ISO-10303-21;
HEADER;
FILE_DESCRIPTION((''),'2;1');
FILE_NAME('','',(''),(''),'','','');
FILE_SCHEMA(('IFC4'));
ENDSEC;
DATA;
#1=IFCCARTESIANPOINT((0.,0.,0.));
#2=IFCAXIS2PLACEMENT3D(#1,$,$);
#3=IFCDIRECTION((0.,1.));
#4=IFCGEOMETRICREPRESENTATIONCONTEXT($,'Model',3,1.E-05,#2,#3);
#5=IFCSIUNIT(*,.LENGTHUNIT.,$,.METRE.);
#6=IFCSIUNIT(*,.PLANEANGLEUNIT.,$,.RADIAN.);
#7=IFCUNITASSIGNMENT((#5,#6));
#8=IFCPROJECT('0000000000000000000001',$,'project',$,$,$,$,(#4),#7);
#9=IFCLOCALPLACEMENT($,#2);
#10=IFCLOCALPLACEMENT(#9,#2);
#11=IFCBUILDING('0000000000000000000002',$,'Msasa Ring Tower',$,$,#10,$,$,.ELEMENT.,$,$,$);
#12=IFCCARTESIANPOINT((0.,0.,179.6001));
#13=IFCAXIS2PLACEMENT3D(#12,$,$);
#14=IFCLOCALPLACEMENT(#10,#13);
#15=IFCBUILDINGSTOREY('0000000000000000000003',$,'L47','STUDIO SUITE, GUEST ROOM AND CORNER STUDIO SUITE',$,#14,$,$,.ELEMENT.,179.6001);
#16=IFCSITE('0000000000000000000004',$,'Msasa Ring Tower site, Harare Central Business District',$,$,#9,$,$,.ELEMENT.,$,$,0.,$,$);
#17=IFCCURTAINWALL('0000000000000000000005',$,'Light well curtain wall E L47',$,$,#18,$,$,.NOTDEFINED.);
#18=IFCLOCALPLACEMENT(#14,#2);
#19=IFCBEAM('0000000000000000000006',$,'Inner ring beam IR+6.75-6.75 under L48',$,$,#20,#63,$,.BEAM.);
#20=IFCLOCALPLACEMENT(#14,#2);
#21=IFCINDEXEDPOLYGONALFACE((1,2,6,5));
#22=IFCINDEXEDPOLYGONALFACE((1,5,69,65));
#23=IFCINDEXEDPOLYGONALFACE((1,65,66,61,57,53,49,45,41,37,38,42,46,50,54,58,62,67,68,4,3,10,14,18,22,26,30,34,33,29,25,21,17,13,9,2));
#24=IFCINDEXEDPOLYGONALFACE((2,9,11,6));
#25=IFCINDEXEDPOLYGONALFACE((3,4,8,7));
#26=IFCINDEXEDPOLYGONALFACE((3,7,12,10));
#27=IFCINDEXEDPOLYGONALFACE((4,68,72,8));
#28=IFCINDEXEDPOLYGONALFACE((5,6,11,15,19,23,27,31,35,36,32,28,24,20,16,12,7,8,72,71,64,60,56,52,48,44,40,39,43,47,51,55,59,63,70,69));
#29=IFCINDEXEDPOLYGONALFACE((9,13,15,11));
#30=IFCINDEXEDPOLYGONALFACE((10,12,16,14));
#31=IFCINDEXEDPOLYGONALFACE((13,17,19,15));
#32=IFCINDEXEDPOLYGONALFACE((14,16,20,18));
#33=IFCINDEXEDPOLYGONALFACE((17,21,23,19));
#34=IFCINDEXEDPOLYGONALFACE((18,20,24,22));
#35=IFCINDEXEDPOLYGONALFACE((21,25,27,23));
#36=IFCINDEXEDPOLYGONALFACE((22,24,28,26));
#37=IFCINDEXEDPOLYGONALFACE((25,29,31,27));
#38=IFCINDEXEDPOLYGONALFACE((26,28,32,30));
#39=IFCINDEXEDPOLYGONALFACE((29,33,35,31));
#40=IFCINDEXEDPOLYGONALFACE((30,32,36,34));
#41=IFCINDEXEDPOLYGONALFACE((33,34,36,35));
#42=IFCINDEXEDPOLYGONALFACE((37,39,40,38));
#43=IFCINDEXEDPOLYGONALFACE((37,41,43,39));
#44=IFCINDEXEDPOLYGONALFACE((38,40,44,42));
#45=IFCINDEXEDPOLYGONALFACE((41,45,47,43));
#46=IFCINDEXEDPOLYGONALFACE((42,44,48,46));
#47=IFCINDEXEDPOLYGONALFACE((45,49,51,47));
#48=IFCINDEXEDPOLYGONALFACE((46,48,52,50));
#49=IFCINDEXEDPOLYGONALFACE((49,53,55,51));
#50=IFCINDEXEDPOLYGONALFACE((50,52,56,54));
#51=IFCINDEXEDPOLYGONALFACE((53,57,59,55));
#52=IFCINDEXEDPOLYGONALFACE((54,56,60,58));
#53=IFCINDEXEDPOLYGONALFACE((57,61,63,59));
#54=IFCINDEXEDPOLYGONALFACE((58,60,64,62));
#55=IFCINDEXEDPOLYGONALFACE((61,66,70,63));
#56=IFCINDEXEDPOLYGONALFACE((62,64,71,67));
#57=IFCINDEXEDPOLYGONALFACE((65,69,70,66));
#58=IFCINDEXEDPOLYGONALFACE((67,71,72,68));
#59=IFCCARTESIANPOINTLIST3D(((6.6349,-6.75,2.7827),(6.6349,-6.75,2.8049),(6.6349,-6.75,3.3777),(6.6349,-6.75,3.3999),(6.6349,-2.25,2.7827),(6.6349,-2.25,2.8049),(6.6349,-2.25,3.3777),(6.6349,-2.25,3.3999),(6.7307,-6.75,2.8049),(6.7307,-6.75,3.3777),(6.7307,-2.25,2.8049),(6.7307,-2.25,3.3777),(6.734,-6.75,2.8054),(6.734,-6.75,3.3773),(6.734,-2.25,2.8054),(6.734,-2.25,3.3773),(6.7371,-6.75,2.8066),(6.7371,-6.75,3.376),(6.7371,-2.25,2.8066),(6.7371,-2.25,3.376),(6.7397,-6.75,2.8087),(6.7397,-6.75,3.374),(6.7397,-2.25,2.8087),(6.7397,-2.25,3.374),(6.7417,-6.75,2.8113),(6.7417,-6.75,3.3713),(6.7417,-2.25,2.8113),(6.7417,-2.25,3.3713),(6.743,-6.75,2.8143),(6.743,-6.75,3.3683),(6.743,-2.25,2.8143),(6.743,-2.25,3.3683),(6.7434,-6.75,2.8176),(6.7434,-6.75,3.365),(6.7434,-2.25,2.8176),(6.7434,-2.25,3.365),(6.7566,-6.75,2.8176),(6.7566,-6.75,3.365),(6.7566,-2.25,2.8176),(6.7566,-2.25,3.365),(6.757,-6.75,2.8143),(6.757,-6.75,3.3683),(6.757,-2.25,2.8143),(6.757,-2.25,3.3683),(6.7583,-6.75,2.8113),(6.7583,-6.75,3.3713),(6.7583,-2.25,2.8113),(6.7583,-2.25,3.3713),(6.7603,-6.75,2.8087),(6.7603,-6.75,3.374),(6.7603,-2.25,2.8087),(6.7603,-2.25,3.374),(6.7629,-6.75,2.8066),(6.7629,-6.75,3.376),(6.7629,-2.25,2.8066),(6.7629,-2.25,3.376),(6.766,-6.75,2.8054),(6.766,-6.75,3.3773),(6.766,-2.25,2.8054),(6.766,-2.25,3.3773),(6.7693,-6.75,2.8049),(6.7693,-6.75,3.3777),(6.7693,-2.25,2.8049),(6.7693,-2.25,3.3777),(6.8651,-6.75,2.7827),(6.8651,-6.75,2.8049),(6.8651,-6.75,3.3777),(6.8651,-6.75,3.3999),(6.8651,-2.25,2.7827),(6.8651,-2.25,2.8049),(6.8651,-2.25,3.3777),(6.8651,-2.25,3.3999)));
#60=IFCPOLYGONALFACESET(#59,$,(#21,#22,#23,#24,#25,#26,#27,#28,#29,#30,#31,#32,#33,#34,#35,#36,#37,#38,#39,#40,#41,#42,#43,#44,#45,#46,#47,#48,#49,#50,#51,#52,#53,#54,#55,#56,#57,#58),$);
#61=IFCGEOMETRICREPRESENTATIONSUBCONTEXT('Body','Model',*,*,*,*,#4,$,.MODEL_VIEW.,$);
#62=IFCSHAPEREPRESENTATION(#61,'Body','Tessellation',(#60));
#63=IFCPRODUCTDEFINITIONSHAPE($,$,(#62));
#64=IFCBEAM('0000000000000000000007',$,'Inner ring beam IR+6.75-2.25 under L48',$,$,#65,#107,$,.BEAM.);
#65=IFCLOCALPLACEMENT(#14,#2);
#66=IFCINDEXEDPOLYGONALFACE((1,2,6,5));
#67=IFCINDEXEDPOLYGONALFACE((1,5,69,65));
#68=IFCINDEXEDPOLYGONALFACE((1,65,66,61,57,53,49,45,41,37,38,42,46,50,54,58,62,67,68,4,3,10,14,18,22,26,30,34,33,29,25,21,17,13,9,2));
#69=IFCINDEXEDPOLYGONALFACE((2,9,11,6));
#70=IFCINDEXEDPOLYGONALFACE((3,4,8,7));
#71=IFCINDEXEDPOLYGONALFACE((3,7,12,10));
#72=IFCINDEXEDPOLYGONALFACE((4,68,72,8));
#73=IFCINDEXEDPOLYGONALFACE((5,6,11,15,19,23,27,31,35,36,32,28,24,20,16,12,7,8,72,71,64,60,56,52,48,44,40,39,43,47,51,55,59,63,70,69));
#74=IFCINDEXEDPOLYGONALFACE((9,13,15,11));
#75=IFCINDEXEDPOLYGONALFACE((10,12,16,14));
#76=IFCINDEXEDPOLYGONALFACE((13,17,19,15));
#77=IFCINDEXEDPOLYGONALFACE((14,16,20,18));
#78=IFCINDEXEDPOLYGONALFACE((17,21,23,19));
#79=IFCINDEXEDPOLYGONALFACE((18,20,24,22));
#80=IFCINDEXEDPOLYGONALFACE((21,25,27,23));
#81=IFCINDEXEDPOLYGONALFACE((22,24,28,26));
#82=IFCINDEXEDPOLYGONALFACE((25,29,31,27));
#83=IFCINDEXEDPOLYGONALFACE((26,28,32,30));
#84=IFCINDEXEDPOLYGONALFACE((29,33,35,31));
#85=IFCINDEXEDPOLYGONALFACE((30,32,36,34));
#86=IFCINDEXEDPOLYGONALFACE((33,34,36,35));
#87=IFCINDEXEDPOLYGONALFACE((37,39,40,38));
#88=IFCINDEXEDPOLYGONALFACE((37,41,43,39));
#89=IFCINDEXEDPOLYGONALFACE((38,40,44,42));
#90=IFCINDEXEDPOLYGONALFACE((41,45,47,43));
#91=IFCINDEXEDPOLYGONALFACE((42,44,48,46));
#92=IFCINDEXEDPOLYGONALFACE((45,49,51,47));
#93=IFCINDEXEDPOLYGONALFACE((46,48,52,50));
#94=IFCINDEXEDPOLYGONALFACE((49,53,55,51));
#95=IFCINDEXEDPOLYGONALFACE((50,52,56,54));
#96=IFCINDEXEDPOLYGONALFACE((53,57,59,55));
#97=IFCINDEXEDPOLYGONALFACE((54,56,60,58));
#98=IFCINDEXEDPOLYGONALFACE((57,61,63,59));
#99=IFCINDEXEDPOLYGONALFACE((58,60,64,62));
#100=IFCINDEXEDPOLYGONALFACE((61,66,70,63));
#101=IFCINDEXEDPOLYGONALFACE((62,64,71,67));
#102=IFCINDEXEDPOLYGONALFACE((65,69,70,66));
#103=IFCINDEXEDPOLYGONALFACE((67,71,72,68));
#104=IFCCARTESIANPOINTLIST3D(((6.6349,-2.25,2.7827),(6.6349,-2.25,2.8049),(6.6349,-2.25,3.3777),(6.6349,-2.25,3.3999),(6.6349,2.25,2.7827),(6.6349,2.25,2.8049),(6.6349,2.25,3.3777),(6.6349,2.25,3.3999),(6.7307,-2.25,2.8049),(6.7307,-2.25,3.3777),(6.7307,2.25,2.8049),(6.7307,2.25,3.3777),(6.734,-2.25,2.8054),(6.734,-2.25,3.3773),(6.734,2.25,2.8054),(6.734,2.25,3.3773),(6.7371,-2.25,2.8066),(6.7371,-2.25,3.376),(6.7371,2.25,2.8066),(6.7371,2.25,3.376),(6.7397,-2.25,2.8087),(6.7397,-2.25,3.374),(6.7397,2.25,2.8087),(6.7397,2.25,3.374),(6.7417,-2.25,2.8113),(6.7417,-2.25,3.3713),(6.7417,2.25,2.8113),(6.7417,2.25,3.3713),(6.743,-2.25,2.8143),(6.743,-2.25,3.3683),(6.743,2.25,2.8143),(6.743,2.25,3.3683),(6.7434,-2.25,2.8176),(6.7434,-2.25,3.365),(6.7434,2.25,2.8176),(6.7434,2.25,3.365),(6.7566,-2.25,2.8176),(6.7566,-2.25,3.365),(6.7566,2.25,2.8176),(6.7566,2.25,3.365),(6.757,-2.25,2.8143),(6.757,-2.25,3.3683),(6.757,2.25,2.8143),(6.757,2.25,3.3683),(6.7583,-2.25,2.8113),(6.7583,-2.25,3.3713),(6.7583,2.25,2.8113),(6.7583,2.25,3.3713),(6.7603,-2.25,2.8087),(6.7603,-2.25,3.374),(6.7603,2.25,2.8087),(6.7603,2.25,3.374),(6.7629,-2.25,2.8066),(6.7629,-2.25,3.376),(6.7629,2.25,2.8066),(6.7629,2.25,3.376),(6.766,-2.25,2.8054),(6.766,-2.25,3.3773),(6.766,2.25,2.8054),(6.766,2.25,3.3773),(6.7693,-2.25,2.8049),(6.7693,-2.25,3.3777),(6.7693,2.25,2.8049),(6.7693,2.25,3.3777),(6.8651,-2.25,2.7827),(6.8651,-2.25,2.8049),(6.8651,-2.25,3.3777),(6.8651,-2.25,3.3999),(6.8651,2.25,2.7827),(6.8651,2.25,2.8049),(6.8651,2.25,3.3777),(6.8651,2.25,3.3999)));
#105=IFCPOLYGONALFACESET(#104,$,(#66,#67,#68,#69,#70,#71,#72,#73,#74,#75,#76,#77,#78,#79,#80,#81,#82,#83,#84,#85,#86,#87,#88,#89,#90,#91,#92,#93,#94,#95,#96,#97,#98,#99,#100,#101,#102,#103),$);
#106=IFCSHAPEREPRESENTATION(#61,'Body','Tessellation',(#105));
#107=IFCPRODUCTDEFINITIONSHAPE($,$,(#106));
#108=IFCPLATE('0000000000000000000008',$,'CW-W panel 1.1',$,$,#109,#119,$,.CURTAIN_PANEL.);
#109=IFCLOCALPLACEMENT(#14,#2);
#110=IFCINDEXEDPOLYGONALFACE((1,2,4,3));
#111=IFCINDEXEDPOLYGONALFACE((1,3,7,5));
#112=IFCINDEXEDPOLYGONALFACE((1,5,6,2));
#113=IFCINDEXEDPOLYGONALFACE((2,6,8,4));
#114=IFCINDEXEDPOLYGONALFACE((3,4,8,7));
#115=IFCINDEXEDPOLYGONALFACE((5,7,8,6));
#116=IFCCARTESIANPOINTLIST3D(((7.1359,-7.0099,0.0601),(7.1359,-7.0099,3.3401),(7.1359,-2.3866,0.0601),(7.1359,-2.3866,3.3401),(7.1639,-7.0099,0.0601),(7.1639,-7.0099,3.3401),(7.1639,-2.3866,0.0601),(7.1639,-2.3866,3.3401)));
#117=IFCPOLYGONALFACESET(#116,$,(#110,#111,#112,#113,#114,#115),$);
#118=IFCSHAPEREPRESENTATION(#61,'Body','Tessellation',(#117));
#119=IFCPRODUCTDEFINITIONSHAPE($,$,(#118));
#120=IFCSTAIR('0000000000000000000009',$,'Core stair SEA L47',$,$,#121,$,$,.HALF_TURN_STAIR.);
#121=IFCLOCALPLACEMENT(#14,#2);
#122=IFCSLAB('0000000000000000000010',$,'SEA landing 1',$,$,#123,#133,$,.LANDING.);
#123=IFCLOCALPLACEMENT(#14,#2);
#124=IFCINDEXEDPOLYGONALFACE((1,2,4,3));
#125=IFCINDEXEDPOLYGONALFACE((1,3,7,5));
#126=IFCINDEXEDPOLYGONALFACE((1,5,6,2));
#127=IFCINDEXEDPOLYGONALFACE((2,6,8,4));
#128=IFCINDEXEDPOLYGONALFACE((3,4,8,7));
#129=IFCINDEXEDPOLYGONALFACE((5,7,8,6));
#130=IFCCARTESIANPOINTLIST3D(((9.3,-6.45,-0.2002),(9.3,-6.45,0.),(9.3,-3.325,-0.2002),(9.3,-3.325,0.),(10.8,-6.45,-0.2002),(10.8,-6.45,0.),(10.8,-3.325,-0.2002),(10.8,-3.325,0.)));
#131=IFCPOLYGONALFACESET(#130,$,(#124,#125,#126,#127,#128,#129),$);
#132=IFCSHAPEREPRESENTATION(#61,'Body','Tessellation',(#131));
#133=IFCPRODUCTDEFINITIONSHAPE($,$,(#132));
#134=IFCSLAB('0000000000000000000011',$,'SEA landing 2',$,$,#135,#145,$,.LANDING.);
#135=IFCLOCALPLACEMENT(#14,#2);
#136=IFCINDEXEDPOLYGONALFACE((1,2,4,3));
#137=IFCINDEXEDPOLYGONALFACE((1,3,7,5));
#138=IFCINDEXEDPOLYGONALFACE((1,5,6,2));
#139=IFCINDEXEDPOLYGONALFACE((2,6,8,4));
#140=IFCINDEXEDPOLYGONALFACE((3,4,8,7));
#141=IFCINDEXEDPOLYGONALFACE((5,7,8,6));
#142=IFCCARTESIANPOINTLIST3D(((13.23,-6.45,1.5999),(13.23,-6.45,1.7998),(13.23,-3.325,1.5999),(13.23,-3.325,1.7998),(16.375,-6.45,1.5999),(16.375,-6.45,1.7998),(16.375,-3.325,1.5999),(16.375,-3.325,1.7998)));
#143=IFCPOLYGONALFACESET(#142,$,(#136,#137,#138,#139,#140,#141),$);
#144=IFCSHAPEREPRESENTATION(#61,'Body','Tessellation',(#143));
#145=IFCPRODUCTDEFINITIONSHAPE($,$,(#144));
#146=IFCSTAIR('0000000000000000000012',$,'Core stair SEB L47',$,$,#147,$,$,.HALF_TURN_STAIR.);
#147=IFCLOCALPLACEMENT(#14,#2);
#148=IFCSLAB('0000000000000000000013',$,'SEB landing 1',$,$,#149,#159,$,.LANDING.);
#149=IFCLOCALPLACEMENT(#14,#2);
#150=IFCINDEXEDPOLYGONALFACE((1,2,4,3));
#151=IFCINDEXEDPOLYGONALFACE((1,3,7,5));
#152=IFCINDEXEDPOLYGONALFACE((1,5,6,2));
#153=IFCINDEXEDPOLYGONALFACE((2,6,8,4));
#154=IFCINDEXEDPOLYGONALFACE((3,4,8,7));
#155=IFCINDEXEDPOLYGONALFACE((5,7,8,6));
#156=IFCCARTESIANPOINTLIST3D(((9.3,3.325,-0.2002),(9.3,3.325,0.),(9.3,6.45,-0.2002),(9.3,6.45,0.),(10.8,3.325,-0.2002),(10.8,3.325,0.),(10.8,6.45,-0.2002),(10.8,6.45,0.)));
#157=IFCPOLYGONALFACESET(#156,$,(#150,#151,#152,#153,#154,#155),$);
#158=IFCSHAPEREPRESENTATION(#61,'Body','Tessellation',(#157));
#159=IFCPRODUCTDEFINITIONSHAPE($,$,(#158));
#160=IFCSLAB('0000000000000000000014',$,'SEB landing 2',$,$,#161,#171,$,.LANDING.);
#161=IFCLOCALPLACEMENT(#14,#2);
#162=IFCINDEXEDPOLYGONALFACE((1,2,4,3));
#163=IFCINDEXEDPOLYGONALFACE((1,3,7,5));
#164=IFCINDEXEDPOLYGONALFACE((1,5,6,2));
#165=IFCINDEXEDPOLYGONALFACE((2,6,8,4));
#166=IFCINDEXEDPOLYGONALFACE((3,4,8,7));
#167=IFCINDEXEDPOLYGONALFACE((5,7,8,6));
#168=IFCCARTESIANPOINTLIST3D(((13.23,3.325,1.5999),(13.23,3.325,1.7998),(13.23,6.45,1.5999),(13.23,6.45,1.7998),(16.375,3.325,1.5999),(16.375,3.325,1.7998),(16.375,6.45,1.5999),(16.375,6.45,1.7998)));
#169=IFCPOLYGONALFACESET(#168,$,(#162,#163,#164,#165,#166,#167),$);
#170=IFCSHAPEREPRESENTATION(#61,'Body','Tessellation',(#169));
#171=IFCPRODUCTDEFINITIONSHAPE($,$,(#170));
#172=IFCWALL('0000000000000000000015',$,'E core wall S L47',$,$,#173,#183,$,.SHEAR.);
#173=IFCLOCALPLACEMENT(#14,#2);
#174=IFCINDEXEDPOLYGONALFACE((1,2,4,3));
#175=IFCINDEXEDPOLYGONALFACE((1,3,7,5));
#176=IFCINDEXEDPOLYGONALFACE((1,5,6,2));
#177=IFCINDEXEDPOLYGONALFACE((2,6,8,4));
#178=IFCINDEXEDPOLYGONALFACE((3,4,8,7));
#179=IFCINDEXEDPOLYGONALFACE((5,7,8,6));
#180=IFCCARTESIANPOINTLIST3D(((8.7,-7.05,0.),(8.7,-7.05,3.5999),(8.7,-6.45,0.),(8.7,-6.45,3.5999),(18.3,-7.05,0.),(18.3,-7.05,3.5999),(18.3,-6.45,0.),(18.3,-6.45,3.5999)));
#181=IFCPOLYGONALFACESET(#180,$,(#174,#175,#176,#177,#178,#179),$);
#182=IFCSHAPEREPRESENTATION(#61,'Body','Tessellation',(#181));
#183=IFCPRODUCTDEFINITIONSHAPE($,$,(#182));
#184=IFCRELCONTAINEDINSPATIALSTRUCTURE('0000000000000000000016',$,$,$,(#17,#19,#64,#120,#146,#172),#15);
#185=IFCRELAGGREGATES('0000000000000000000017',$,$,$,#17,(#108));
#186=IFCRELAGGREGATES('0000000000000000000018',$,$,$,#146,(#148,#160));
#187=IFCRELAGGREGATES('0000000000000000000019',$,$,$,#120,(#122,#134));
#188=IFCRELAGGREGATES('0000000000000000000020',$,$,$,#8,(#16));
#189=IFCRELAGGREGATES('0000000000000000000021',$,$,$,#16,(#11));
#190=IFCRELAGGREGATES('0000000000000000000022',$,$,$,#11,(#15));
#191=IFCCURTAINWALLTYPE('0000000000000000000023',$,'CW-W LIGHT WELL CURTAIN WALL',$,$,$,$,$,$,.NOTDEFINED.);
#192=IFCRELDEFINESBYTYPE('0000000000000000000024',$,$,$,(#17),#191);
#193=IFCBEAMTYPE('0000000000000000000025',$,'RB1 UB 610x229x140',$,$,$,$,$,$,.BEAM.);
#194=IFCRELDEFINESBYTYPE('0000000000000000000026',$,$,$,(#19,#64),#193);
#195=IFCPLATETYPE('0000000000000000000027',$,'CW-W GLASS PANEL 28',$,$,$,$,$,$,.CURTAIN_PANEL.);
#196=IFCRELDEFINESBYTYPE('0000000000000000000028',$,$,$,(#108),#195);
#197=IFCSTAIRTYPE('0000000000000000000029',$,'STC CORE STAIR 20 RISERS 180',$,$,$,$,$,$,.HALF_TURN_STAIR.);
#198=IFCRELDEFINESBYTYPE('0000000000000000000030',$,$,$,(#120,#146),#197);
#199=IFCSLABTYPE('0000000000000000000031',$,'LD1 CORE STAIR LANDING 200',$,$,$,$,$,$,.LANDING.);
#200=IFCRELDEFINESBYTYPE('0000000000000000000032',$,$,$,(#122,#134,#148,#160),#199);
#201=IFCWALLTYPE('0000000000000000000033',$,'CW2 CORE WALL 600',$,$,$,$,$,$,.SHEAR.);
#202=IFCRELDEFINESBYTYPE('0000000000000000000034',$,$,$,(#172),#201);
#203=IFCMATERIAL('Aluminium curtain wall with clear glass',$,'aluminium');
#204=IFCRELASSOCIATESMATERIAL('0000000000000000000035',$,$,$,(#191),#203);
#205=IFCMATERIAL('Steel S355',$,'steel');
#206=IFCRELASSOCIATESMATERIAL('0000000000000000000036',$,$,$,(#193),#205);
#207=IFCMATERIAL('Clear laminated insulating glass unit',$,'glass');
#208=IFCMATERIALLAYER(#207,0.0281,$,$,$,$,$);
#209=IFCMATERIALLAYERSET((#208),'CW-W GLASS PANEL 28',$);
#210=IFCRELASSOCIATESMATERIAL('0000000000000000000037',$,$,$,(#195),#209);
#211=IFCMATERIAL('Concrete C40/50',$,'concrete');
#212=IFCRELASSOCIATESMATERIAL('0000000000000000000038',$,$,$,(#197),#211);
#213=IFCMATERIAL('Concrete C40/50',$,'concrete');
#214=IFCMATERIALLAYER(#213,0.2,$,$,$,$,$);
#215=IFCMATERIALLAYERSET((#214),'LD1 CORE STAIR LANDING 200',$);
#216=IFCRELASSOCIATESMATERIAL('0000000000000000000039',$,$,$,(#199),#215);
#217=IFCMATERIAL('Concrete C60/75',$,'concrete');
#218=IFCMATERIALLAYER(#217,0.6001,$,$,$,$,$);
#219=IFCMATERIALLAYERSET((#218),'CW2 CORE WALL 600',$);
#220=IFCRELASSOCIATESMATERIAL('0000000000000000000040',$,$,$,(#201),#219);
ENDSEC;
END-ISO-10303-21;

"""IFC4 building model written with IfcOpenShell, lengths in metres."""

from ifc_helpers import new_model, si_unit, direction, frame, frame_2d, origin, origin_2d, place, context, subcontext, project, spatial, polyline, rectangle, i_section, outline, extrude, material, layer, layer_set, material_profile, profile_set, type_object, element, aggregate, save


model = new_model("IFC4")

# Units and contexts
model_context = context("Model", 3, precision=1e-05, world=origin(), true_north=direction((0.0, 1.0)))
body_context = subcontext(model_context, "Body", "Model", "MODEL_VIEW")
ifc_project = project(units=[si_unit("LENGTHUNIT", "METRE"), si_unit("PLANEANGLEUNIT", "RADIAN")], contexts=[model_context])

# Site, building, storey
site_placement = place(None, origin())
site = spatial("IfcSite", under=ifc_project, at=site_placement, Name="Msasa Ring Tower site, Harare Central Business District", CompositionType="ELEMENT", RefElevation=0.0)
building_placement = place(site_placement, origin())
building = spatial("IfcBuilding", under=site, at=building_placement, Name="Msasa Ring Tower", CompositionType="ELEMENT")
storey_placement = place(building_placement, frame((0.0, 0.0, 179.6001)))
storey = spatial("IfcBuildingStorey", under=building, at=storey_placement, Name="L47", Description="STUDIO SUITE, GUEST ROOM AND CORNER STUDIO SUITE", CompositionType="ELEMENT", Elevation=179.6001)

# Curtain wall
ifc_material_1 = material(Name="Aluminium curtain wall with clear glass", Category="aluminium")
curtain_wall_type = type_object("IfcCurtainWallType", Name="CW-W LIGHT WELL CURTAIN WALL", PredefinedType="NOTDEFINED", material=ifc_material_1)
curtain_wall_placement = place(storey_placement, origin())
curtain_wall = element("IfcCurtainWall", 1, at=curtain_wall_placement, inside=storey, type_object=curtain_wall_type, Name="Light well curtain wall E L47", PredefinedType="NOTDEFINED")

# Beams
ifc_material_2 = material(Name="Steel S355", Category="steel")
ifc_material_profile_1 = material_profile(ifc_material_2, i_section(OverallWidth=0.2302, OverallDepth=0.6172, WebThickness=0.0132, FlangeThickness=0.0222, FilletRadius=0.0127, at=origin_2d()), Name="UB 610x229x140")
ifc_profile_set_1 = profile_set([ifc_material_profile_1], Name="Steel S355")
beam_type = type_object("IfcBeamType", Name="RB1 UB 610x229x140", PredefinedType="BEAM", material=ifc_profile_set_1)
for number, where, z_axis, x_axis, name in (
    (2, (6.75, -6.75, 3.0913), (0.0, 1.0, 0.0), (-1.0, 0.0, 0.0), "Inner ring beam IR+6.75-6.75 under L48"),
    (3, (6.75, -2.25, 3.0913), (0.0, 1.0, 0.0), (-1.0, 0.0, 0.0), "Inner ring beam IR+6.75-2.25 under L48"),
):
    element("IfcBeam", number, at=place(storey_placement, frame(where, z_axis=z_axis, x_axis=x_axis)), inside=storey, type_object=beam_type, Name=name, PredefinedType="BEAM", context=body_context, shape_type="SweptSolid", body=[
        extrude(i_section(OverallWidth=0.2302, OverallDepth=0.6172, WebThickness=0.0132, FlangeThickness=0.0222, FilletRadius=0.0127, at=origin_2d()), origin(), (0.0, 0.0, 1.0), 4.5),
    ])

# Plate
ifc_material_3 = material(Name="Clear laminated insulating glass unit", Category="glass")
ifc_layer_1 = layer(ifc_material_3, 0.0281)
ifc_layer_set_1 = layer_set([ifc_layer_1], Name="CW-W GLASS PANEL 28")
plate_type = type_object("IfcPlateType", Name="CW-W GLASS PANEL 28", PredefinedType="CURTAIN_PANEL", material=ifc_layer_set_1)
plate_placement = place(storey_placement, frame((7.1499, -4.6982, 0.0601), z_axis=(0.0, 0.0, 1.0), x_axis=(0.0, 1.0, 0.0)))
plate = element("IfcPlate", 4, at=plate_placement, type_object=plate_type, Name="CW-W panel 1.1", PredefinedType="CURTAIN_PANEL", context=body_context, shape_type="SweptSolid", body=[
    extrude(rectangle(XDim=4.6233, YDim=0.0281, at=origin_2d()), origin(), (0.0, 0.0, 1.0), 3.28),
])
aggregate(curtain_wall, [plate])

# Stairs, slabs
ifc_material_4 = material(Name="Concrete C40/50", Category="concrete")
stair_type = type_object("IfcStairType", Name="STC CORE STAIR 20 RISERS 180", PredefinedType="HALF_TURN_STAIR", material=ifc_material_4)
stair_1_placement = place(storey_placement, origin())
stair_1 = element("IfcStair", 5, at=stair_1_placement, inside=storey, type_object=stair_type, Name="Core stair SEA L47", PredefinedType="HALF_TURN_STAIR")
ifc_material_5 = material(Name="Concrete C40/50", Category="concrete")
ifc_layer_2 = layer(ifc_material_5, 0.2)
ifc_layer_set_2 = layer_set([ifc_layer_2], Name="LD1 CORE STAIR LANDING 200")
slab_type = type_object("IfcSlabType", Name="LD1 CORE STAIR LANDING 200", PredefinedType="LANDING", material=ifc_layer_set_2)
slab_1_placement = place(storey_placement, frame((0.0, 0.0, -0.2002)))
slab_1 = element("IfcSlab", 6, at=slab_1_placement, type_object=slab_type, Name="SEA landing 1", PredefinedType="LANDING", context=body_context, shape_type="SweptSolid", body=[
    extrude(outline(polyline([(9.3, -6.45), (10.8, -6.45), (10.8, -3.325), (9.3, -3.325), (9.3, -6.45)])), origin(), (0.0, 0.0, 1.0), 0.2002),
])
slab_2_placement = place(storey_placement, frame((0.0, 0.0, 1.5999)))
slab_2 = element("IfcSlab", 7, at=slab_2_placement, type_object=slab_type, Name="SEA landing 2", PredefinedType="LANDING", context=body_context, shape_type="SweptSolid", body=[
    extrude(outline(polyline([(13.23, -6.45), (16.375, -6.45), (16.375, -3.325), (13.23, -3.325), (13.23, -6.45)])), origin(), (0.0, 0.0, 1.0), 0.2),
])
stair_2_placement = place(storey_placement, origin())
stair_2 = element("IfcStair", 8, at=stair_2_placement, inside=storey, type_object=stair_type, Name="Core stair SEB L47", PredefinedType="HALF_TURN_STAIR")
slab_3_placement = place(storey_placement, frame((0.0, 0.0, -0.2002)))
slab_3 = element("IfcSlab", 9, at=slab_3_placement, type_object=slab_type, Name="SEB landing 1", PredefinedType="LANDING", context=body_context, shape_type="SweptSolid", body=[
    extrude(outline(polyline([(9.3, 3.325), (10.8, 3.325), (10.8, 6.45), (9.3, 6.45), (9.3, 3.325)])), origin(), (0.0, 0.0, 1.0), 0.2002),
])
slab_4_placement = place(storey_placement, frame((0.0, 0.0, 1.5999)))
slab_4 = element("IfcSlab", 10, at=slab_4_placement, type_object=slab_type, Name="SEB landing 2", PredefinedType="LANDING", context=body_context, shape_type="SweptSolid", body=[
    extrude(outline(polyline([(13.23, 3.325), (16.375, 3.325), (16.375, 6.45), (13.23, 6.45), (13.23, 3.325)])), origin(), (0.0, 0.0, 1.0), 0.2),
])
aggregate(stair_2, [slab_3, slab_4])

# Wall
ifc_material_6 = material(Name="Concrete C60/75", Category="concrete")
ifc_layer_3 = layer(ifc_material_6, 0.6001)
ifc_layer_set_3 = layer_set([ifc_layer_3], Name="CW2 CORE WALL 600")
wall_type_1 = type_object("IfcWallType", Name="CW2 CORE WALL 600", PredefinedType="SHEAR", material=ifc_layer_set_3)
wall_1_placement = place(storey_placement, frame((8.7, -6.75, 0.0), z_axis=(0.0, 0.0, 1.0), x_axis=(1.0, 0.0, 0.0)))
element("IfcWall", 11, at=wall_1_placement, inside=storey, type_object=wall_type_1, Name="E core wall S L47", PredefinedType="SHEAR", context=body_context, shape_type="SweptSolid", body=[
    extrude(rectangle(XDim=9.6001, YDim=0.6001, at=frame_2d((4.8, 0.0))), origin(), (0.0, 0.0, 1.0), 3.5999),
])

aggregate(stair_1, [slab_1, slab_2])

save(model, "model.ifc")
